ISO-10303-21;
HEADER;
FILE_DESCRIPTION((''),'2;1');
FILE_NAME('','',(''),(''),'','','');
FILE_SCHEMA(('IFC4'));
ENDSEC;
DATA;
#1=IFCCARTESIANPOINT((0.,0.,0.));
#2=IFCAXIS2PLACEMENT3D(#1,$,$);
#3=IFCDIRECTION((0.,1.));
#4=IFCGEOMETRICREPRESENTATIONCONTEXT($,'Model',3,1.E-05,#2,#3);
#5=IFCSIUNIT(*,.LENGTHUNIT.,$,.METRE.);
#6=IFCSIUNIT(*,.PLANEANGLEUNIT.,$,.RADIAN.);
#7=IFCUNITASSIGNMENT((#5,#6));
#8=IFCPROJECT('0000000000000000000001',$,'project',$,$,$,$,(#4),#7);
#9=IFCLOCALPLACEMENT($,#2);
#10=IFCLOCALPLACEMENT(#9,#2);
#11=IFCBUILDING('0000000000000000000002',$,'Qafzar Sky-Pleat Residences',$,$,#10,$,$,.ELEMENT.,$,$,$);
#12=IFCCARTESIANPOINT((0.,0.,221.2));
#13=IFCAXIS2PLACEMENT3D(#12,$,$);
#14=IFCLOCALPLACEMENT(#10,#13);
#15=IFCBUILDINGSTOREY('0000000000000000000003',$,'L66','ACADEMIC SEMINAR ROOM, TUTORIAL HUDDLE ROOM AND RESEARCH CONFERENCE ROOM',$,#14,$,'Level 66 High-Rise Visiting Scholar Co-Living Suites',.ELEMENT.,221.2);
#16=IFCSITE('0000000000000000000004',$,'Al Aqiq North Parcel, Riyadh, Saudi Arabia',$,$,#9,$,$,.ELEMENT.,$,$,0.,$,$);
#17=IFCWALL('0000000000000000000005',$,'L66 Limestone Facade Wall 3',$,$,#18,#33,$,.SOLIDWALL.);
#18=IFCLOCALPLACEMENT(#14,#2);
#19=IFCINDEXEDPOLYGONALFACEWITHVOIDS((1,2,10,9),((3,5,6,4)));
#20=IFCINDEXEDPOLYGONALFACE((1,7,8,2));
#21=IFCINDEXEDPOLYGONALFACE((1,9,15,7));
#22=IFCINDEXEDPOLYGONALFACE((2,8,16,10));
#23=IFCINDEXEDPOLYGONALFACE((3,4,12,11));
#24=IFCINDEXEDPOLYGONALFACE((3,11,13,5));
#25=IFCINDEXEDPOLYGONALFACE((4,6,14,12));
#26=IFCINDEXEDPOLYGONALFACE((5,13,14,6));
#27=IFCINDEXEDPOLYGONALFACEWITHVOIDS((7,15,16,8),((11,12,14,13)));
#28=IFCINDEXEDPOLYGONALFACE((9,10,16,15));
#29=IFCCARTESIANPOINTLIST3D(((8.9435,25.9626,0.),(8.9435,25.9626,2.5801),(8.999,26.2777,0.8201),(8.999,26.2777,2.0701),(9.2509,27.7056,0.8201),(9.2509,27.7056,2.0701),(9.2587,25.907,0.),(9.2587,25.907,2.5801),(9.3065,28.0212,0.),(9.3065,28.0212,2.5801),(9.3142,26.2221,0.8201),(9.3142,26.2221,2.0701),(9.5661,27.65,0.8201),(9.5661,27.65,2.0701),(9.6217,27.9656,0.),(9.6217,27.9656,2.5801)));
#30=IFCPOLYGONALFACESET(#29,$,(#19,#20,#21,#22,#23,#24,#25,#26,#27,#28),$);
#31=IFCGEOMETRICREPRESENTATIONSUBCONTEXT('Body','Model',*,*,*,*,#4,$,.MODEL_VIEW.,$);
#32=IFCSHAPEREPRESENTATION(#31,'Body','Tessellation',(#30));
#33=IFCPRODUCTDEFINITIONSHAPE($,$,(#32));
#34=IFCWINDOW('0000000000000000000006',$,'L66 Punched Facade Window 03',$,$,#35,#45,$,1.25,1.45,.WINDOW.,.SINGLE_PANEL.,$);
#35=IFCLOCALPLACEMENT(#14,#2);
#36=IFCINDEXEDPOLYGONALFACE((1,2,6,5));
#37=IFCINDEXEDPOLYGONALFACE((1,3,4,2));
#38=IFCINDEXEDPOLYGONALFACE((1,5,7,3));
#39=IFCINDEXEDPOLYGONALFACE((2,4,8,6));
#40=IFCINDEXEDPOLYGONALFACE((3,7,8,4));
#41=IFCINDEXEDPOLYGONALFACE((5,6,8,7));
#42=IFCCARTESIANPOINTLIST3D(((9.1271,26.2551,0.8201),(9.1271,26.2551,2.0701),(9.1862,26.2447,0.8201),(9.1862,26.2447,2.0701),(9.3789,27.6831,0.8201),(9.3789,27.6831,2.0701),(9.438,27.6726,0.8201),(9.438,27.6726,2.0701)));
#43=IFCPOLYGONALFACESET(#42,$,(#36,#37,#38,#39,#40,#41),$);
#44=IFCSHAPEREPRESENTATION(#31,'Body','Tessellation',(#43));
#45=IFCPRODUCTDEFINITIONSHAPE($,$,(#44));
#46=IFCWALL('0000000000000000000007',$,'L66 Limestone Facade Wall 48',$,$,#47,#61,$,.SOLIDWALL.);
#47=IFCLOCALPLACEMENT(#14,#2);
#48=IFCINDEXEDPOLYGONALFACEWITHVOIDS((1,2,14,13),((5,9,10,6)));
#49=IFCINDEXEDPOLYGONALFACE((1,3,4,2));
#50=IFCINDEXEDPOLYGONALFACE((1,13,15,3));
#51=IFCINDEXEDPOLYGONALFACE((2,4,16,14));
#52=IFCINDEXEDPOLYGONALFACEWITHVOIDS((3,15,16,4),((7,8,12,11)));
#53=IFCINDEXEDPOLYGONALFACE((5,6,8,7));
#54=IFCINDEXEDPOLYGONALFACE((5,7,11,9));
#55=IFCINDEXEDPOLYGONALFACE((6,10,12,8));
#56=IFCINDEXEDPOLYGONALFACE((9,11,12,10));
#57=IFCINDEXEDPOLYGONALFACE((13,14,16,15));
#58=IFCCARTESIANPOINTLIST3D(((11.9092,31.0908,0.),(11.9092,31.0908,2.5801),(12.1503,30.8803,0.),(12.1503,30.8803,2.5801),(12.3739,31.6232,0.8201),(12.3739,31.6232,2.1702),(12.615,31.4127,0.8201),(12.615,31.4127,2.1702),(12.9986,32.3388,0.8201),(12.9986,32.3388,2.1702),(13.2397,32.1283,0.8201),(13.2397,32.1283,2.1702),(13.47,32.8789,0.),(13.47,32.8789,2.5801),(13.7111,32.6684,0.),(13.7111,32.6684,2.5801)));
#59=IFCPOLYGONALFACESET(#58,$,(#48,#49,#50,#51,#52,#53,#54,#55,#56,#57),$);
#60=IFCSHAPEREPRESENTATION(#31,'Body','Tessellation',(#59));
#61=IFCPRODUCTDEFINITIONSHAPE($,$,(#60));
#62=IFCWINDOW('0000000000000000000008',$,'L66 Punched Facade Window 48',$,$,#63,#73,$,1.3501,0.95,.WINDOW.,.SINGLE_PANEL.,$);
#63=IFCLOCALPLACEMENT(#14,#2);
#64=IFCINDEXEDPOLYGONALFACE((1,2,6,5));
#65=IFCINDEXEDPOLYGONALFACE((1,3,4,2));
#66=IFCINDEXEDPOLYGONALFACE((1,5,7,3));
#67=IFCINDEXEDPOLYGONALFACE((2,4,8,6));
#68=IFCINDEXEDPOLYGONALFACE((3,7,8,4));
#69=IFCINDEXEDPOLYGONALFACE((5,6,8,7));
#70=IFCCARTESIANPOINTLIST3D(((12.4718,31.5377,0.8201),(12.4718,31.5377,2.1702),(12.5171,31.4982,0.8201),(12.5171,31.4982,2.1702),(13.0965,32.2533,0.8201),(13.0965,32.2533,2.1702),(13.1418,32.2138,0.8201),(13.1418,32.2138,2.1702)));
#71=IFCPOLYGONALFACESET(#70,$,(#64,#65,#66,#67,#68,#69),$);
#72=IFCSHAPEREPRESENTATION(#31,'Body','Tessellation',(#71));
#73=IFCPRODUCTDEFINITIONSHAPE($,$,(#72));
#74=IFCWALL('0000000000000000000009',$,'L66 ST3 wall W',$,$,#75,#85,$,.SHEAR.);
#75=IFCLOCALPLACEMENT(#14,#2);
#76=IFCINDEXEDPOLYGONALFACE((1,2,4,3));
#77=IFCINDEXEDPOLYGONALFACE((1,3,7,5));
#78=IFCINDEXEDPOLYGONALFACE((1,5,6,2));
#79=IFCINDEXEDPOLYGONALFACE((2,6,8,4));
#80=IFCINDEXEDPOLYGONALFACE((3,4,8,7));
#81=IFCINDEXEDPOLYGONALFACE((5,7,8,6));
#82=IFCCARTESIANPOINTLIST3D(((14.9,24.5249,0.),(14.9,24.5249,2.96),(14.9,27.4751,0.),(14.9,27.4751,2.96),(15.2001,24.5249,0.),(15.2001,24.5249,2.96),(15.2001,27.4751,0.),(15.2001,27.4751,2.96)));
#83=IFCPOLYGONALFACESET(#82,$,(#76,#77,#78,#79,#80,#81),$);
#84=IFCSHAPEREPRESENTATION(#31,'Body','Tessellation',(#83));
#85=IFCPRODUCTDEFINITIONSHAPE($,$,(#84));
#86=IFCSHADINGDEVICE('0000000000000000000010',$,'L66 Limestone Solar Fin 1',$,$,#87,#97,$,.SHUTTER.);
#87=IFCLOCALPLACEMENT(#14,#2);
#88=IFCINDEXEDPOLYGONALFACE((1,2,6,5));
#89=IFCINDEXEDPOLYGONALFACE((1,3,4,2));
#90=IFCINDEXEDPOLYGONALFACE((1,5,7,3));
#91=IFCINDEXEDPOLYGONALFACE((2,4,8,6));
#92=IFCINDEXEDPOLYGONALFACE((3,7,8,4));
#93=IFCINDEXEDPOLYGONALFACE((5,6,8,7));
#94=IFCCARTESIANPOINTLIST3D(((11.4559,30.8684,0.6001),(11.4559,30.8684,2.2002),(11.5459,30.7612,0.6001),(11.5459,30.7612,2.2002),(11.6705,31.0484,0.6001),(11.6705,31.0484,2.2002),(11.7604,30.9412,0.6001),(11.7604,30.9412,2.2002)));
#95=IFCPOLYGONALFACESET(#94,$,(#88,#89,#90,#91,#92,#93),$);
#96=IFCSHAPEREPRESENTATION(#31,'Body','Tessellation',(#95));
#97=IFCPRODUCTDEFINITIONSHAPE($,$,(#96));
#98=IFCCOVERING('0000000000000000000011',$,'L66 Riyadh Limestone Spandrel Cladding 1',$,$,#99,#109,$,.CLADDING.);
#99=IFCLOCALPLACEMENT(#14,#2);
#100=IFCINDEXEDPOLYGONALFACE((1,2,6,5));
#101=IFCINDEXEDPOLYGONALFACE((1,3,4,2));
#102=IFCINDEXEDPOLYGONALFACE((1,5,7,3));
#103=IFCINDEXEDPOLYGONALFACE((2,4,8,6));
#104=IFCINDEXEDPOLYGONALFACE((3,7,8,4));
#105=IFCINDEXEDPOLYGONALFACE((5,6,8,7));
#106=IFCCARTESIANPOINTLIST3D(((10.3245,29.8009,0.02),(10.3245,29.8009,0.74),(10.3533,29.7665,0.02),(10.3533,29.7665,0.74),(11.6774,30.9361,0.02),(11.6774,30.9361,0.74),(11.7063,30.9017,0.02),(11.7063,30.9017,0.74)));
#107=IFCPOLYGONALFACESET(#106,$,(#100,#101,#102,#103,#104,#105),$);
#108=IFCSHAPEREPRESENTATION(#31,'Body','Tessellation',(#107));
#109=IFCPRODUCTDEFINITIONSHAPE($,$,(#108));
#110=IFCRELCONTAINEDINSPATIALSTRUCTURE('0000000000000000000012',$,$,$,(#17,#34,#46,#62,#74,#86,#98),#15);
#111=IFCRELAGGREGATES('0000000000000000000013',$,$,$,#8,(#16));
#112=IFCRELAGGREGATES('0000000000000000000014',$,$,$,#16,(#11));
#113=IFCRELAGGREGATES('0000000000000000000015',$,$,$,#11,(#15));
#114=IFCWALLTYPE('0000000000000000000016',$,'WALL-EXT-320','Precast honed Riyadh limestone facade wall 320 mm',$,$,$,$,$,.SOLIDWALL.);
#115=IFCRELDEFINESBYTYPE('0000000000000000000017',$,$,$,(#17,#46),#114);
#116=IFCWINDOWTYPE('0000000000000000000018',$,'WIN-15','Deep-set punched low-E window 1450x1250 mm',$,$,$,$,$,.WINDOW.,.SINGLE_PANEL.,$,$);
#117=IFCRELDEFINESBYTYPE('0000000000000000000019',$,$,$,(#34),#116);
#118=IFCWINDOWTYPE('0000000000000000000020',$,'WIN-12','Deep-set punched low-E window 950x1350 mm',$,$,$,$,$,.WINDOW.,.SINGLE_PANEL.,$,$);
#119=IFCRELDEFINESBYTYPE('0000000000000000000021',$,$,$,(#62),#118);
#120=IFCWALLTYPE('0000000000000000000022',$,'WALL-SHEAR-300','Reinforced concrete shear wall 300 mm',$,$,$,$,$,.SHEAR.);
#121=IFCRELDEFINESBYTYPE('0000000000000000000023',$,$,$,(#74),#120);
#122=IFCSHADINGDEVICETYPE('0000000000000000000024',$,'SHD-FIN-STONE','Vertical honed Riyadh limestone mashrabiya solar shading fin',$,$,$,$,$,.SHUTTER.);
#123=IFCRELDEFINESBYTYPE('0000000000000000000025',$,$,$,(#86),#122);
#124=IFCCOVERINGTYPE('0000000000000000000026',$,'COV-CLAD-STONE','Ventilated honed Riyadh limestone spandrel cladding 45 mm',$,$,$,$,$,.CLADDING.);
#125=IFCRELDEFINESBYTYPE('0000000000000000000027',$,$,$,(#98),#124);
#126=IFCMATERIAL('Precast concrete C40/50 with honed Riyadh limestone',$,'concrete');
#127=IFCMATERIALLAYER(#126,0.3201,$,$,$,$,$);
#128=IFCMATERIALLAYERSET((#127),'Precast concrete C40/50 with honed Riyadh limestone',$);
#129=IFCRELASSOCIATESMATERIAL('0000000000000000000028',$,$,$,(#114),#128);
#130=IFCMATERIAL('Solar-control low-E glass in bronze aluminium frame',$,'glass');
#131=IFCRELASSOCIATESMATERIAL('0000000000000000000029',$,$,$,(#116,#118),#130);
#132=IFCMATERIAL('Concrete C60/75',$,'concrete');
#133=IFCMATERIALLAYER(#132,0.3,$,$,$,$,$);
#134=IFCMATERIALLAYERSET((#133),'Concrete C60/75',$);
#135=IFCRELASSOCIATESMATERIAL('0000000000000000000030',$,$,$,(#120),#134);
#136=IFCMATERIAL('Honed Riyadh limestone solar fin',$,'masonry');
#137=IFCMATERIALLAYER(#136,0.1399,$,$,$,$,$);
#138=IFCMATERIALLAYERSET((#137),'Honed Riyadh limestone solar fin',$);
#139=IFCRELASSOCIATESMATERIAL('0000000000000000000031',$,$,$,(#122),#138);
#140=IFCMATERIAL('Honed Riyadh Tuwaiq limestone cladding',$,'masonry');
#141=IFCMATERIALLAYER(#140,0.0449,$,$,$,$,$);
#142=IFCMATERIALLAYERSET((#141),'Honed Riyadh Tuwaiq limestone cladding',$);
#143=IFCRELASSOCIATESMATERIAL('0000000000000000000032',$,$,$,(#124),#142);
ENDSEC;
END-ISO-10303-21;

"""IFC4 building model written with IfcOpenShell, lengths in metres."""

from ifc_helpers import new_model, si_unit, direction, frame, frame_2d, origin, origin_2d, place, context, subcontext, project, spatial, rectangle, extrude, source, transform, mapped, material, layer, layer_set, type_object, element, fill, save


model = new_model("IFC4")

# Units and contexts
model_context = context("Model", 3, precision=1e-05, world=origin(), true_north=direction((0.0, 1.0)))
body_context = subcontext(model_context, "Body", "Model", "MODEL_VIEW")
ifc_project = project(units=[si_unit("LENGTHUNIT", "METRE"), si_unit("PLANEANGLEUNIT", "RADIAN")], contexts=[model_context])

# Site, building, storey
site_placement = place(None, origin())
site = spatial("IfcSite", under=ifc_project, at=site_placement, Name="Al Aqiq North Parcel, Riyadh, Saudi Arabia", CompositionType="ELEMENT", RefElevation=0.0)
building_placement = place(site_placement, origin())
building = spatial("IfcBuilding", under=site, at=building_placement, Name="Qafzar Sky-Pleat Residences", CompositionType="ELEMENT")
storey_placement = place(building_placement, frame((0.0, 0.0, 221.2)))
storey = spatial("IfcBuildingStorey", under=building, at=storey_placement, Name="L66", Description="ACADEMIC SEMINAR ROOM, TUTORIAL HUDDLE ROOM AND RESEARCH CONFERENCE ROOM", LongName="Level 66 High-Rise Visiting Scholar Co-Living Suites", CompositionType="ELEMENT", Elevation=221.2)

# Walls, openings, windows
ifc_material_1 = material(Name="Precast concrete C40/50 with honed Riyadh limestone", Category="concrete")
ifc_layer_1 = layer(ifc_material_1, 0.3201)
ifc_layer_set_1 = layer_set([ifc_layer_1], Name="Precast concrete C40/50 with honed Riyadh limestone")
wall_type_1 = type_object("IfcWallType", Name="WALL-EXT-320", Description="Precast honed Riyadh limestone facade wall 320 mm", PredefinedType="SOLIDWALL", material=ifc_layer_set_1)
ifc_material_2 = material(Name="Solar-control low-E glass in bronze aluminium frame", Category="glass")
window_type_1 = type_object("IfcWindowType", Name="WIN-15", Description="Deep-set punched low-E window 1450x1250 mm", PartitioningType="SINGLE_PANEL", PredefinedType="WINDOW", material=ifc_material_2)
shared_shape_1 = source(origin(), body_context, "Body", "SweptSolid", [
    extrude(rectangle(XDim=1.45, YDim=1.25, at=frame_2d((0.7251, 0.625))), frame((0.0, 0.03, 0.0), z_axis=(0.0, -1.0, 0.0), x_axis=(1.0, 0.0, 0.0)), (0.0, 0.0, 1.0), 0.0601),
])
wall_1_placement = place(storey_placement, frame((9.4641, 27.9934, 0.0), z_axis=(0.0, 0.0, 1.0), x_axis=(-0.173672, -0.984804, 0.0)))
wall_1 = element("IfcWall", 1, at=wall_1_placement, inside=storey, type_object=wall_type_1, Name="L66 Limestone Facade Wall 3", PredefinedType="SOLIDWALL", context=body_context, shape_type="SweptSolid", body=[
    extrude(rectangle(XDim=2.0903, YDim=0.3201, at=frame_2d((1.0452, 0.0))), origin(), (0.0, 0.0, 1.0), 2.5801),
])
opening_1_placement = place(wall_1_placement, frame((0.3203, 0.0, 0.8201)))
opening_1 = element("IfcOpeningElement", 2, at=opening_1_placement, cuts=wall_1, PredefinedType="OPENING", context=body_context, shape_type="SweptSolid", body=[
    extrude(rectangle(XDim=1.45, YDim=1.25, at=frame_2d((0.7251, 0.625))), frame((0.0, 0.1699, 0.0), z_axis=(0.0, -1.0, 0.0), x_axis=(1.0, 0.0, 0.0)), (0.0, 0.0, 1.0), 0.3401),
])
window_1_placement = place(opening_1_placement, origin())
window_1 = element("IfcWindow", 3, at=window_1_placement, inside=storey, type_object=window_type_1, Name="L66 Punched Facade Window 03", OverallHeight=1.25, OverallWidth=1.45, PartitioningType="SINGLE_PANEL", PredefinedType="WINDOW", context=body_context, shape_type="MappedRepresentation", body=[
    mapped(shared_shape_1, transform((0.0, 0.0, 0.0), x_axis=(1.0, 0.0, 0.0), y_axis=(0.0, 1.0, 0.0), z_axis=(0.0, 0.0, 1.0), scale=1.0)),
])
fill(opening_1, window_1)
wall_2_placement = place(storey_placement, frame((13.5906, 32.7737, 0.0), z_axis=(0.0, 0.0, 1.0), x_axis=(-0.657601, -0.753366, 0.0)))
wall_2 = element("IfcWall", 4, at=wall_2_placement, inside=storey, type_object=wall_type_1, Name="L66 Limestone Facade Wall 48", PredefinedType="SOLIDWALL", context=body_context, shape_type="SweptSolid", body=[
    extrude(rectangle(XDim=2.3735, YDim=0.3201, at=frame_2d((1.1868, 0.0))), origin(), (0.0, 0.0, 1.0), 2.5801),
])
opening_2_placement = place(wall_2_placement, frame((0.7168, 0.0, 0.8201)))
opening_2 = element("IfcOpeningElement", 5, at=opening_2_placement, cuts=wall_2, PredefinedType="OPENING", context=body_context, shape_type="SweptSolid", body=[
    extrude(rectangle(XDim=0.95, YDim=1.3501, at=frame_2d((0.4751, 0.675))), frame((0.0, 0.1699, 0.0), z_axis=(0.0, -1.0, 0.0), x_axis=(1.0, 0.0, 0.0)), (0.0, 0.0, 1.0), 0.3401),
])
window_type_2 = type_object("IfcWindowType", Name="WIN-12", Description="Deep-set punched low-E window 950x1350 mm", PartitioningType="SINGLE_PANEL", PredefinedType="WINDOW", material=ifc_material_2)
shared_shape_2 = source(origin(), body_context, "Body", "SweptSolid", [
    extrude(rectangle(XDim=0.95, YDim=1.3501, at=frame_2d((0.4751, 0.675))), frame((0.0, 0.03, 0.0), z_axis=(0.0, -1.0, 0.0), x_axis=(1.0, 0.0, 0.0)), (0.0, 0.0, 1.0), 0.0601),
])
window_2_placement = place(opening_2_placement, origin())
window_2 = element("IfcWindow", 6, at=window_2_placement, inside=storey, type_object=window_type_2, Name="L66 Punched Facade Window 48", OverallHeight=1.3501, OverallWidth=0.95, PartitioningType="SINGLE_PANEL", PredefinedType="WINDOW", context=body_context, shape_type="MappedRepresentation", body=[
    mapped(shared_shape_2, transform((0.0, 0.0, 0.0), x_axis=(1.0, 0.0, 0.0), y_axis=(0.0, 1.0, 0.0), z_axis=(0.0, 0.0, 1.0), scale=1.0)),
])
fill(opening_2, window_2)

# Wall
ifc_material_3 = material(Name="Concrete C60/75", Category="concrete")
ifc_layer_2 = layer(ifc_material_3, 0.3)
ifc_layer_set_2 = layer_set([ifc_layer_2], Name="Concrete C60/75")
wall_type_2 = type_object("IfcWallType", Name="WALL-SHEAR-300", Description="Reinforced concrete shear wall 300 mm", PredefinedType="SHEAR", material=ifc_layer_set_2)
wall_3_placement = place(storey_placement, frame((15.05, 27.4751, 0.0), z_axis=(0.0, 0.0, 1.0), x_axis=(0.0, -1.0, 0.0)))
element("IfcWall", 7, at=wall_3_placement, inside=storey, type_object=wall_type_2, Name="L66 ST3 wall W", PredefinedType="SHEAR", context=body_context, shape_type="SweptSolid", body=[
    extrude(rectangle(XDim=2.9502, YDim=0.3, at=frame_2d((1.4751, 0.0))), origin(), (0.0, 0.0, 1.0), 2.96),
])

# Shading device
ifc_material_4 = material(Name="Honed Riyadh limestone solar fin", Category="masonry")
ifc_layer_3 = layer(ifc_material_4, 0.1399)
ifc_layer_set_3 = layer_set([ifc_layer_3], Name="Honed Riyadh limestone solar fin")
shading_device_type = type_object("IfcShadingDeviceType", Name="SHD-FIN-STONE", Description="Vertical honed Riyadh limestone mashrabiya solar shading fin", PredefinedType="SHUTTER", material=ifc_layer_set_3)
shared_shape_3 = source(origin(), body_context, "Body", "SweptSolid", [
    extrude(rectangle(XDim=0.1399, YDim=0.28, at=origin_2d()), origin(), (0.0, 0.0, 1.0), 1.6001),
])
shading_device_placement = place(storey_placement, frame((11.6082, 30.9048, 0.6001), z_axis=(0.0, 0.0, 1.0), x_axis=(-0.642754, 0.766072, 0.0)))
element("IfcShadingDevice", 8, at=shading_device_placement, inside=storey, type_object=shading_device_type, Name="L66 Limestone Solar Fin 1", PredefinedType="SHUTTER", context=body_context, shape_type="MappedRepresentation", body=[
    mapped(shared_shape_3, transform((0.0, 0.0, 0.0), x_axis=(1.0, 0.0, 0.0), y_axis=(0.0, 1.0, 0.0), z_axis=(0.0, 0.0, 1.0), scale=1.0)),
])

# Covering
ifc_material_5 = material(Name="Honed Riyadh Tuwaiq limestone cladding", Category="masonry")
ifc_layer_4 = layer(ifc_material_5, 0.0449)
ifc_layer_set_4 = layer_set([ifc_layer_4], Name="Honed Riyadh Tuwaiq limestone cladding")
covering_type = type_object("IfcCoveringType", Name="COV-CLAD-STONE", Description="Ventilated honed Riyadh limestone spandrel cladding 45 mm", PredefinedType="CLADDING", material=ifc_layer_set_4)
shared_shape_4 = source(origin(), body_context, "Body", "SweptSolid", [
    extrude(rectangle(XDim=1.7661, YDim=0.0449, at=origin_2d()), origin(), (0.0, 0.0, 1.0), 0.72),
])
covering_placement = place(storey_placement, frame((11.0154, 30.3513, 0.02), z_axis=(0.0, 0.0, 1.0), x_axis=(-0.766074, -0.642752, 0.0)))
element("IfcCovering", 9, at=covering_placement, inside=storey, type_object=covering_type, Name="L66 Riyadh Limestone Spandrel Cladding 1", PredefinedType="CLADDING", context=body_context, shape_type="MappedRepresentation", body=[
    mapped(shared_shape_4, transform((0.0, 0.0, 0.0), x_axis=(1.0, 0.0, 0.0), y_axis=(0.0, 1.0, 0.0), z_axis=(0.0, 0.0, 1.0), scale=1.0)),
])

save(model, "model.ifc")
